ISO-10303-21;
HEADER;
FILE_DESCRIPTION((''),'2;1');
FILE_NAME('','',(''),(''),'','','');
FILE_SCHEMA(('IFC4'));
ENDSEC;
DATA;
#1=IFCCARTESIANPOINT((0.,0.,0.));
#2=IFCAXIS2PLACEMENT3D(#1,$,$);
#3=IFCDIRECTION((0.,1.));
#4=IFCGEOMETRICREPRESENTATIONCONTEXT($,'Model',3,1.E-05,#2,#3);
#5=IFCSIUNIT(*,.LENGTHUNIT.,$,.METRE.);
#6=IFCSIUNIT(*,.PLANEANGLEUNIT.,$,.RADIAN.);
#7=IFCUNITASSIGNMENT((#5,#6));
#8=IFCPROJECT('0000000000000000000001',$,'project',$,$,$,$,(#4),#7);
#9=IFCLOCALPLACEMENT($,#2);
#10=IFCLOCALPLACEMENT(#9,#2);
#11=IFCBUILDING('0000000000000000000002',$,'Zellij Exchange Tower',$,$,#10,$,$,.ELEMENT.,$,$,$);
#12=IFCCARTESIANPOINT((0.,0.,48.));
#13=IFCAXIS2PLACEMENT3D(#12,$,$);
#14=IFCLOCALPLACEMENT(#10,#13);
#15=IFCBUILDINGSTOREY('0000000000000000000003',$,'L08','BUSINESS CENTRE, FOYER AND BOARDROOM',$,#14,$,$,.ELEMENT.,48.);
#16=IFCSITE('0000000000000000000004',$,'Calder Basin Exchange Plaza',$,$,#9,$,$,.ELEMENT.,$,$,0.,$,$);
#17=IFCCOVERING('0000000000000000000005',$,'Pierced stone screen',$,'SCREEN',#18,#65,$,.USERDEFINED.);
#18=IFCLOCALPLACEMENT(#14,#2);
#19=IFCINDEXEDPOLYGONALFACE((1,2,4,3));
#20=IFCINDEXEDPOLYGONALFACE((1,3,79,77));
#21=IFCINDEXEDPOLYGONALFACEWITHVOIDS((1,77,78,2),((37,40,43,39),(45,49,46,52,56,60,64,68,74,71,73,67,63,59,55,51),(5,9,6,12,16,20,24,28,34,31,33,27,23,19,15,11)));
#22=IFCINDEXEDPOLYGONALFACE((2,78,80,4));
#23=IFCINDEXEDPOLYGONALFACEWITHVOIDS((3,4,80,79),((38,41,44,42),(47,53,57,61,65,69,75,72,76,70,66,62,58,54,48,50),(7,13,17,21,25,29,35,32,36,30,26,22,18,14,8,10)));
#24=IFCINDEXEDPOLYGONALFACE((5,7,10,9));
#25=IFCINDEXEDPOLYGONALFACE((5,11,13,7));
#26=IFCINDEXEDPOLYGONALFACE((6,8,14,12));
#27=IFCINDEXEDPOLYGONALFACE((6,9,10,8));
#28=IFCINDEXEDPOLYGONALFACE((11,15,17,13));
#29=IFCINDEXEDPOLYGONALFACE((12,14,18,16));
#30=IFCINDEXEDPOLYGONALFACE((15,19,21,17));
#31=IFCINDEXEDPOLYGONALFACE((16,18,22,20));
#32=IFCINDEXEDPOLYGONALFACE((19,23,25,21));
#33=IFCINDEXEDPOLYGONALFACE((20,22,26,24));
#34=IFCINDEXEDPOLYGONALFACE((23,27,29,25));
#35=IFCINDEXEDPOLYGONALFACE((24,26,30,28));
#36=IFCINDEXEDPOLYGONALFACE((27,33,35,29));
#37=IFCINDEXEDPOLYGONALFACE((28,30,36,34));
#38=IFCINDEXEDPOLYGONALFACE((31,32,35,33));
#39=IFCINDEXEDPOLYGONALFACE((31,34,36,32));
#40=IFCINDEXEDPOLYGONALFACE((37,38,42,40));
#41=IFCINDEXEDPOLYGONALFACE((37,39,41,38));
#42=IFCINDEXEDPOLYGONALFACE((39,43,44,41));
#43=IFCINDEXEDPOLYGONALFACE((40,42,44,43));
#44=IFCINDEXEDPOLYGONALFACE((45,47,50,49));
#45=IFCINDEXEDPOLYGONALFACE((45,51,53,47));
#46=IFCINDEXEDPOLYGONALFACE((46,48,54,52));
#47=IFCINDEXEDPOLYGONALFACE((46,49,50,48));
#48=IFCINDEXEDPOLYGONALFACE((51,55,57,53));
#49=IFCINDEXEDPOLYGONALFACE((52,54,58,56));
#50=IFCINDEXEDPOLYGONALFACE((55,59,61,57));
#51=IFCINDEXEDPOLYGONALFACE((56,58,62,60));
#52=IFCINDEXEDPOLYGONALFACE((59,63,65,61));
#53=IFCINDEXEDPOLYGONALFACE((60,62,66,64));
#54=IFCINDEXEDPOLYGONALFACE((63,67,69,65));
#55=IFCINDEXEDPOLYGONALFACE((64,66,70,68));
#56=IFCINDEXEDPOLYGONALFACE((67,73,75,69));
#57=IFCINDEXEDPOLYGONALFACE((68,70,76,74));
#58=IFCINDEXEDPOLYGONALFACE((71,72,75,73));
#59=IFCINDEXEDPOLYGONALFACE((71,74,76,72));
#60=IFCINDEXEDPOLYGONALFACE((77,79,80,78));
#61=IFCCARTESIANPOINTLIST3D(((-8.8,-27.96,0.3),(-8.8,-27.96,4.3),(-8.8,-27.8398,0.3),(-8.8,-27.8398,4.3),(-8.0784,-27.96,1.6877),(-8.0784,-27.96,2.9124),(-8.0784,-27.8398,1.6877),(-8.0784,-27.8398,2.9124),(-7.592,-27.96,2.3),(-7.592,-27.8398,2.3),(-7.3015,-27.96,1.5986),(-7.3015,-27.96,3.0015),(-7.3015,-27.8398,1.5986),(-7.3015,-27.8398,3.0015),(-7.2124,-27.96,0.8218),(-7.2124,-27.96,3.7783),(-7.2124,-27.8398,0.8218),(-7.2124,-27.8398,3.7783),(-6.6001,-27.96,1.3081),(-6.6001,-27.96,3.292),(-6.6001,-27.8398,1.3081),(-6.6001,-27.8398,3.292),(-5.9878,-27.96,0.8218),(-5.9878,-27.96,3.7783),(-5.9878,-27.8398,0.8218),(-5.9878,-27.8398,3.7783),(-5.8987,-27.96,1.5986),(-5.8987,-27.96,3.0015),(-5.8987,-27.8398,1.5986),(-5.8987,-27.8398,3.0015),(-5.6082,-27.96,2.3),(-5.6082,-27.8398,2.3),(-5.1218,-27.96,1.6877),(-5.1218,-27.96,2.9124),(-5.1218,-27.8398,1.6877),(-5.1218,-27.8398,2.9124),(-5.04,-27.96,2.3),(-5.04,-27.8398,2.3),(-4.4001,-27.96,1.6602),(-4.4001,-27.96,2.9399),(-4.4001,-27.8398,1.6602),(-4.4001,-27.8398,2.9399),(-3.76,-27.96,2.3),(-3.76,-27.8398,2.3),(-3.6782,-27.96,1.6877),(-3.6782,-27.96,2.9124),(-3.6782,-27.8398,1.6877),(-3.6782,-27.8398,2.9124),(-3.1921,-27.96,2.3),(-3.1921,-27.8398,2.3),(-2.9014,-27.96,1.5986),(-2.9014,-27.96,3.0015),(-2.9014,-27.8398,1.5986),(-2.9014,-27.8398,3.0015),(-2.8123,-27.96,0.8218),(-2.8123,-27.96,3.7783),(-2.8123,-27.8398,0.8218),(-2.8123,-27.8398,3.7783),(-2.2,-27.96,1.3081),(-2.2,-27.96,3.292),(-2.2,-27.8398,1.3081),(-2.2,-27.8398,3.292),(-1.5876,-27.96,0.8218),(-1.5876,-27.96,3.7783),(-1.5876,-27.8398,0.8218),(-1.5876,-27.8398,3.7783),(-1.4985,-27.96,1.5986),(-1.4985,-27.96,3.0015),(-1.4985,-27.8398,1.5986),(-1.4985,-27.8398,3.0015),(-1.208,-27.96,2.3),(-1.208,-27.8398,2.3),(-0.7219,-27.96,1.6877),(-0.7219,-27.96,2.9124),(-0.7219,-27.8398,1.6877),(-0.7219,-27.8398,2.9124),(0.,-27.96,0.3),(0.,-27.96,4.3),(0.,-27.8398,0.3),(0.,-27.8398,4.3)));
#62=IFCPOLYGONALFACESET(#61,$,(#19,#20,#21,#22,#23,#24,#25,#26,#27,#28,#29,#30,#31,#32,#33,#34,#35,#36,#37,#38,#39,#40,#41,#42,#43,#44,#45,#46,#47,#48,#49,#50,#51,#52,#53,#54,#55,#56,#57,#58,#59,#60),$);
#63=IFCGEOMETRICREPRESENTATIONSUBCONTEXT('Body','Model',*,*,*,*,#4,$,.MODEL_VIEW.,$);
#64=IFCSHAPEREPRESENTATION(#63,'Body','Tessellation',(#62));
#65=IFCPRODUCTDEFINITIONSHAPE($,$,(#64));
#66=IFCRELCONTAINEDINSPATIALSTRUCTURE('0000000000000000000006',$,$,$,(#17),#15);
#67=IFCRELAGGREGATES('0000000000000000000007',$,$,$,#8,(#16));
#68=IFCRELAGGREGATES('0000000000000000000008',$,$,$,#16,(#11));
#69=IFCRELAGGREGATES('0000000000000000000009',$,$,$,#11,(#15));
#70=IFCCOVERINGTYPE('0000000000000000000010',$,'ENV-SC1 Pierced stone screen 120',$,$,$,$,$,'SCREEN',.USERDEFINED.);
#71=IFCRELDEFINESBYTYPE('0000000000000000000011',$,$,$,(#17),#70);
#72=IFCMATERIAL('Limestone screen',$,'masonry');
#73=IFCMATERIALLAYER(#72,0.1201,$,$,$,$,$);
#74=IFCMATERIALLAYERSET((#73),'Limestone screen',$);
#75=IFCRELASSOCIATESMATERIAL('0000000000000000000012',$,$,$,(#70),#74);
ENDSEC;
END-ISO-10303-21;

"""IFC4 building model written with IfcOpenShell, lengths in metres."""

from ifc_helpers import new_model, si_unit, direction, frame, origin, place, context, subcontext, project, spatial, polyline, outline, extrude, material, layer, layer_set, type_object, element, save


model = new_model("IFC4")

# Units and contexts
model_context = context("Model", 3, precision=1e-05, world=origin(), true_north=direction((0.0, 1.0)))
body_context = subcontext(model_context, "Body", "Model", "MODEL_VIEW")
ifc_project = project(units=[si_unit("LENGTHUNIT", "METRE"), si_unit("PLANEANGLEUNIT", "RADIAN")], contexts=[model_context])

# Site, building, storey
site_placement = place(None, origin())
site = spatial("IfcSite", under=ifc_project, at=site_placement, Name="Calder Basin Exchange Plaza", CompositionType="ELEMENT", RefElevation=0.0)
building_placement = place(site_placement, origin())
building = spatial("IfcBuilding", under=site, at=building_placement, Name="Zellij Exchange Tower", CompositionType="ELEMENT")
storey_placement = place(building_placement, frame((0.0, 0.0, 48.0)))
storey = spatial("IfcBuildingStorey", under=building, at=storey_placement, Name="L08", Description="BUSINESS CENTRE, FOYER AND BOARDROOM", CompositionType="ELEMENT", Elevation=48.0)

# Covering
ifc_material_1 = material(Name="Limestone screen", Category="masonry")
ifc_layer_1 = layer(ifc_material_1, 0.1201)
ifc_layer_set_1 = layer_set([ifc_layer_1], Name="Limestone screen")
covering_type_1 = type_object("IfcCoveringType", Name="ENV-SC1 Pierced stone screen 120", ElementType="SCREEN", PredefinedType="USERDEFINED", material=ifc_layer_set_1)
covering_1_placement = place(storey_placement, frame((-8.8, -27.8999, 0.3), z_axis=(0.0, 0.0, 1.0), x_axis=(1.0, 0.0, 0.0)))
element("IfcCovering", 1, at=covering_1_placement, inside=storey, type_object=covering_type_1, Name="Pierced stone screen", ObjectType="SCREEN", PredefinedType="USERDEFINED", context=body_context, shape_type="SweptSolid", body=[
    extrude(outline(polyline([(0.0, 0.0), (8.8, 0.0), (8.8, 4.0), (0.0, 4.0), (0.0, 0.0)]), holes=[polyline([(3.6782, 2.6123), (2.9014, 2.7014), (2.8123, 3.4783), (2.2, 2.9919), (1.5876, 3.4783), (1.4985, 2.7014), (0.7217, 2.6123), (1.208, 2.0), (0.7217, 1.3877), (1.4985, 1.2986), (1.5876, 0.5217), (2.2, 1.0081), (2.8123, 0.5217), (2.9014, 1.2986), (3.6782, 1.3877), (3.1919, 2.0), (3.6782, 2.6123)]), polyline([(8.0781, 2.6123), (7.3015, 2.7014), (7.2124, 3.4783), (6.6001, 2.9919), (5.9878, 3.4783), (5.8987, 2.7014), (5.1218, 2.6123), (5.6079, 2.0), (5.1218, 1.3877), (5.8987, 1.2986), (5.9878, 0.5217), (6.6001, 1.0081), (7.2124, 0.5217), (7.3015, 1.2986), (8.0781, 1.3877), (7.592, 2.0), (8.0781, 2.6123)]), polyline([(5.04, 2.0), (4.3999, 2.6399), (3.76, 2.0), (4.3999, 1.3601), (5.04, 2.0)])]), frame((0.0, 0.0601, 0.0), z_axis=(0.0, -1.0, 0.0), x_axis=(1.0, 0.0, 0.0)), (0.0, 0.0, 1.0), 0.1201),
])

save(model, "model.ifc")
